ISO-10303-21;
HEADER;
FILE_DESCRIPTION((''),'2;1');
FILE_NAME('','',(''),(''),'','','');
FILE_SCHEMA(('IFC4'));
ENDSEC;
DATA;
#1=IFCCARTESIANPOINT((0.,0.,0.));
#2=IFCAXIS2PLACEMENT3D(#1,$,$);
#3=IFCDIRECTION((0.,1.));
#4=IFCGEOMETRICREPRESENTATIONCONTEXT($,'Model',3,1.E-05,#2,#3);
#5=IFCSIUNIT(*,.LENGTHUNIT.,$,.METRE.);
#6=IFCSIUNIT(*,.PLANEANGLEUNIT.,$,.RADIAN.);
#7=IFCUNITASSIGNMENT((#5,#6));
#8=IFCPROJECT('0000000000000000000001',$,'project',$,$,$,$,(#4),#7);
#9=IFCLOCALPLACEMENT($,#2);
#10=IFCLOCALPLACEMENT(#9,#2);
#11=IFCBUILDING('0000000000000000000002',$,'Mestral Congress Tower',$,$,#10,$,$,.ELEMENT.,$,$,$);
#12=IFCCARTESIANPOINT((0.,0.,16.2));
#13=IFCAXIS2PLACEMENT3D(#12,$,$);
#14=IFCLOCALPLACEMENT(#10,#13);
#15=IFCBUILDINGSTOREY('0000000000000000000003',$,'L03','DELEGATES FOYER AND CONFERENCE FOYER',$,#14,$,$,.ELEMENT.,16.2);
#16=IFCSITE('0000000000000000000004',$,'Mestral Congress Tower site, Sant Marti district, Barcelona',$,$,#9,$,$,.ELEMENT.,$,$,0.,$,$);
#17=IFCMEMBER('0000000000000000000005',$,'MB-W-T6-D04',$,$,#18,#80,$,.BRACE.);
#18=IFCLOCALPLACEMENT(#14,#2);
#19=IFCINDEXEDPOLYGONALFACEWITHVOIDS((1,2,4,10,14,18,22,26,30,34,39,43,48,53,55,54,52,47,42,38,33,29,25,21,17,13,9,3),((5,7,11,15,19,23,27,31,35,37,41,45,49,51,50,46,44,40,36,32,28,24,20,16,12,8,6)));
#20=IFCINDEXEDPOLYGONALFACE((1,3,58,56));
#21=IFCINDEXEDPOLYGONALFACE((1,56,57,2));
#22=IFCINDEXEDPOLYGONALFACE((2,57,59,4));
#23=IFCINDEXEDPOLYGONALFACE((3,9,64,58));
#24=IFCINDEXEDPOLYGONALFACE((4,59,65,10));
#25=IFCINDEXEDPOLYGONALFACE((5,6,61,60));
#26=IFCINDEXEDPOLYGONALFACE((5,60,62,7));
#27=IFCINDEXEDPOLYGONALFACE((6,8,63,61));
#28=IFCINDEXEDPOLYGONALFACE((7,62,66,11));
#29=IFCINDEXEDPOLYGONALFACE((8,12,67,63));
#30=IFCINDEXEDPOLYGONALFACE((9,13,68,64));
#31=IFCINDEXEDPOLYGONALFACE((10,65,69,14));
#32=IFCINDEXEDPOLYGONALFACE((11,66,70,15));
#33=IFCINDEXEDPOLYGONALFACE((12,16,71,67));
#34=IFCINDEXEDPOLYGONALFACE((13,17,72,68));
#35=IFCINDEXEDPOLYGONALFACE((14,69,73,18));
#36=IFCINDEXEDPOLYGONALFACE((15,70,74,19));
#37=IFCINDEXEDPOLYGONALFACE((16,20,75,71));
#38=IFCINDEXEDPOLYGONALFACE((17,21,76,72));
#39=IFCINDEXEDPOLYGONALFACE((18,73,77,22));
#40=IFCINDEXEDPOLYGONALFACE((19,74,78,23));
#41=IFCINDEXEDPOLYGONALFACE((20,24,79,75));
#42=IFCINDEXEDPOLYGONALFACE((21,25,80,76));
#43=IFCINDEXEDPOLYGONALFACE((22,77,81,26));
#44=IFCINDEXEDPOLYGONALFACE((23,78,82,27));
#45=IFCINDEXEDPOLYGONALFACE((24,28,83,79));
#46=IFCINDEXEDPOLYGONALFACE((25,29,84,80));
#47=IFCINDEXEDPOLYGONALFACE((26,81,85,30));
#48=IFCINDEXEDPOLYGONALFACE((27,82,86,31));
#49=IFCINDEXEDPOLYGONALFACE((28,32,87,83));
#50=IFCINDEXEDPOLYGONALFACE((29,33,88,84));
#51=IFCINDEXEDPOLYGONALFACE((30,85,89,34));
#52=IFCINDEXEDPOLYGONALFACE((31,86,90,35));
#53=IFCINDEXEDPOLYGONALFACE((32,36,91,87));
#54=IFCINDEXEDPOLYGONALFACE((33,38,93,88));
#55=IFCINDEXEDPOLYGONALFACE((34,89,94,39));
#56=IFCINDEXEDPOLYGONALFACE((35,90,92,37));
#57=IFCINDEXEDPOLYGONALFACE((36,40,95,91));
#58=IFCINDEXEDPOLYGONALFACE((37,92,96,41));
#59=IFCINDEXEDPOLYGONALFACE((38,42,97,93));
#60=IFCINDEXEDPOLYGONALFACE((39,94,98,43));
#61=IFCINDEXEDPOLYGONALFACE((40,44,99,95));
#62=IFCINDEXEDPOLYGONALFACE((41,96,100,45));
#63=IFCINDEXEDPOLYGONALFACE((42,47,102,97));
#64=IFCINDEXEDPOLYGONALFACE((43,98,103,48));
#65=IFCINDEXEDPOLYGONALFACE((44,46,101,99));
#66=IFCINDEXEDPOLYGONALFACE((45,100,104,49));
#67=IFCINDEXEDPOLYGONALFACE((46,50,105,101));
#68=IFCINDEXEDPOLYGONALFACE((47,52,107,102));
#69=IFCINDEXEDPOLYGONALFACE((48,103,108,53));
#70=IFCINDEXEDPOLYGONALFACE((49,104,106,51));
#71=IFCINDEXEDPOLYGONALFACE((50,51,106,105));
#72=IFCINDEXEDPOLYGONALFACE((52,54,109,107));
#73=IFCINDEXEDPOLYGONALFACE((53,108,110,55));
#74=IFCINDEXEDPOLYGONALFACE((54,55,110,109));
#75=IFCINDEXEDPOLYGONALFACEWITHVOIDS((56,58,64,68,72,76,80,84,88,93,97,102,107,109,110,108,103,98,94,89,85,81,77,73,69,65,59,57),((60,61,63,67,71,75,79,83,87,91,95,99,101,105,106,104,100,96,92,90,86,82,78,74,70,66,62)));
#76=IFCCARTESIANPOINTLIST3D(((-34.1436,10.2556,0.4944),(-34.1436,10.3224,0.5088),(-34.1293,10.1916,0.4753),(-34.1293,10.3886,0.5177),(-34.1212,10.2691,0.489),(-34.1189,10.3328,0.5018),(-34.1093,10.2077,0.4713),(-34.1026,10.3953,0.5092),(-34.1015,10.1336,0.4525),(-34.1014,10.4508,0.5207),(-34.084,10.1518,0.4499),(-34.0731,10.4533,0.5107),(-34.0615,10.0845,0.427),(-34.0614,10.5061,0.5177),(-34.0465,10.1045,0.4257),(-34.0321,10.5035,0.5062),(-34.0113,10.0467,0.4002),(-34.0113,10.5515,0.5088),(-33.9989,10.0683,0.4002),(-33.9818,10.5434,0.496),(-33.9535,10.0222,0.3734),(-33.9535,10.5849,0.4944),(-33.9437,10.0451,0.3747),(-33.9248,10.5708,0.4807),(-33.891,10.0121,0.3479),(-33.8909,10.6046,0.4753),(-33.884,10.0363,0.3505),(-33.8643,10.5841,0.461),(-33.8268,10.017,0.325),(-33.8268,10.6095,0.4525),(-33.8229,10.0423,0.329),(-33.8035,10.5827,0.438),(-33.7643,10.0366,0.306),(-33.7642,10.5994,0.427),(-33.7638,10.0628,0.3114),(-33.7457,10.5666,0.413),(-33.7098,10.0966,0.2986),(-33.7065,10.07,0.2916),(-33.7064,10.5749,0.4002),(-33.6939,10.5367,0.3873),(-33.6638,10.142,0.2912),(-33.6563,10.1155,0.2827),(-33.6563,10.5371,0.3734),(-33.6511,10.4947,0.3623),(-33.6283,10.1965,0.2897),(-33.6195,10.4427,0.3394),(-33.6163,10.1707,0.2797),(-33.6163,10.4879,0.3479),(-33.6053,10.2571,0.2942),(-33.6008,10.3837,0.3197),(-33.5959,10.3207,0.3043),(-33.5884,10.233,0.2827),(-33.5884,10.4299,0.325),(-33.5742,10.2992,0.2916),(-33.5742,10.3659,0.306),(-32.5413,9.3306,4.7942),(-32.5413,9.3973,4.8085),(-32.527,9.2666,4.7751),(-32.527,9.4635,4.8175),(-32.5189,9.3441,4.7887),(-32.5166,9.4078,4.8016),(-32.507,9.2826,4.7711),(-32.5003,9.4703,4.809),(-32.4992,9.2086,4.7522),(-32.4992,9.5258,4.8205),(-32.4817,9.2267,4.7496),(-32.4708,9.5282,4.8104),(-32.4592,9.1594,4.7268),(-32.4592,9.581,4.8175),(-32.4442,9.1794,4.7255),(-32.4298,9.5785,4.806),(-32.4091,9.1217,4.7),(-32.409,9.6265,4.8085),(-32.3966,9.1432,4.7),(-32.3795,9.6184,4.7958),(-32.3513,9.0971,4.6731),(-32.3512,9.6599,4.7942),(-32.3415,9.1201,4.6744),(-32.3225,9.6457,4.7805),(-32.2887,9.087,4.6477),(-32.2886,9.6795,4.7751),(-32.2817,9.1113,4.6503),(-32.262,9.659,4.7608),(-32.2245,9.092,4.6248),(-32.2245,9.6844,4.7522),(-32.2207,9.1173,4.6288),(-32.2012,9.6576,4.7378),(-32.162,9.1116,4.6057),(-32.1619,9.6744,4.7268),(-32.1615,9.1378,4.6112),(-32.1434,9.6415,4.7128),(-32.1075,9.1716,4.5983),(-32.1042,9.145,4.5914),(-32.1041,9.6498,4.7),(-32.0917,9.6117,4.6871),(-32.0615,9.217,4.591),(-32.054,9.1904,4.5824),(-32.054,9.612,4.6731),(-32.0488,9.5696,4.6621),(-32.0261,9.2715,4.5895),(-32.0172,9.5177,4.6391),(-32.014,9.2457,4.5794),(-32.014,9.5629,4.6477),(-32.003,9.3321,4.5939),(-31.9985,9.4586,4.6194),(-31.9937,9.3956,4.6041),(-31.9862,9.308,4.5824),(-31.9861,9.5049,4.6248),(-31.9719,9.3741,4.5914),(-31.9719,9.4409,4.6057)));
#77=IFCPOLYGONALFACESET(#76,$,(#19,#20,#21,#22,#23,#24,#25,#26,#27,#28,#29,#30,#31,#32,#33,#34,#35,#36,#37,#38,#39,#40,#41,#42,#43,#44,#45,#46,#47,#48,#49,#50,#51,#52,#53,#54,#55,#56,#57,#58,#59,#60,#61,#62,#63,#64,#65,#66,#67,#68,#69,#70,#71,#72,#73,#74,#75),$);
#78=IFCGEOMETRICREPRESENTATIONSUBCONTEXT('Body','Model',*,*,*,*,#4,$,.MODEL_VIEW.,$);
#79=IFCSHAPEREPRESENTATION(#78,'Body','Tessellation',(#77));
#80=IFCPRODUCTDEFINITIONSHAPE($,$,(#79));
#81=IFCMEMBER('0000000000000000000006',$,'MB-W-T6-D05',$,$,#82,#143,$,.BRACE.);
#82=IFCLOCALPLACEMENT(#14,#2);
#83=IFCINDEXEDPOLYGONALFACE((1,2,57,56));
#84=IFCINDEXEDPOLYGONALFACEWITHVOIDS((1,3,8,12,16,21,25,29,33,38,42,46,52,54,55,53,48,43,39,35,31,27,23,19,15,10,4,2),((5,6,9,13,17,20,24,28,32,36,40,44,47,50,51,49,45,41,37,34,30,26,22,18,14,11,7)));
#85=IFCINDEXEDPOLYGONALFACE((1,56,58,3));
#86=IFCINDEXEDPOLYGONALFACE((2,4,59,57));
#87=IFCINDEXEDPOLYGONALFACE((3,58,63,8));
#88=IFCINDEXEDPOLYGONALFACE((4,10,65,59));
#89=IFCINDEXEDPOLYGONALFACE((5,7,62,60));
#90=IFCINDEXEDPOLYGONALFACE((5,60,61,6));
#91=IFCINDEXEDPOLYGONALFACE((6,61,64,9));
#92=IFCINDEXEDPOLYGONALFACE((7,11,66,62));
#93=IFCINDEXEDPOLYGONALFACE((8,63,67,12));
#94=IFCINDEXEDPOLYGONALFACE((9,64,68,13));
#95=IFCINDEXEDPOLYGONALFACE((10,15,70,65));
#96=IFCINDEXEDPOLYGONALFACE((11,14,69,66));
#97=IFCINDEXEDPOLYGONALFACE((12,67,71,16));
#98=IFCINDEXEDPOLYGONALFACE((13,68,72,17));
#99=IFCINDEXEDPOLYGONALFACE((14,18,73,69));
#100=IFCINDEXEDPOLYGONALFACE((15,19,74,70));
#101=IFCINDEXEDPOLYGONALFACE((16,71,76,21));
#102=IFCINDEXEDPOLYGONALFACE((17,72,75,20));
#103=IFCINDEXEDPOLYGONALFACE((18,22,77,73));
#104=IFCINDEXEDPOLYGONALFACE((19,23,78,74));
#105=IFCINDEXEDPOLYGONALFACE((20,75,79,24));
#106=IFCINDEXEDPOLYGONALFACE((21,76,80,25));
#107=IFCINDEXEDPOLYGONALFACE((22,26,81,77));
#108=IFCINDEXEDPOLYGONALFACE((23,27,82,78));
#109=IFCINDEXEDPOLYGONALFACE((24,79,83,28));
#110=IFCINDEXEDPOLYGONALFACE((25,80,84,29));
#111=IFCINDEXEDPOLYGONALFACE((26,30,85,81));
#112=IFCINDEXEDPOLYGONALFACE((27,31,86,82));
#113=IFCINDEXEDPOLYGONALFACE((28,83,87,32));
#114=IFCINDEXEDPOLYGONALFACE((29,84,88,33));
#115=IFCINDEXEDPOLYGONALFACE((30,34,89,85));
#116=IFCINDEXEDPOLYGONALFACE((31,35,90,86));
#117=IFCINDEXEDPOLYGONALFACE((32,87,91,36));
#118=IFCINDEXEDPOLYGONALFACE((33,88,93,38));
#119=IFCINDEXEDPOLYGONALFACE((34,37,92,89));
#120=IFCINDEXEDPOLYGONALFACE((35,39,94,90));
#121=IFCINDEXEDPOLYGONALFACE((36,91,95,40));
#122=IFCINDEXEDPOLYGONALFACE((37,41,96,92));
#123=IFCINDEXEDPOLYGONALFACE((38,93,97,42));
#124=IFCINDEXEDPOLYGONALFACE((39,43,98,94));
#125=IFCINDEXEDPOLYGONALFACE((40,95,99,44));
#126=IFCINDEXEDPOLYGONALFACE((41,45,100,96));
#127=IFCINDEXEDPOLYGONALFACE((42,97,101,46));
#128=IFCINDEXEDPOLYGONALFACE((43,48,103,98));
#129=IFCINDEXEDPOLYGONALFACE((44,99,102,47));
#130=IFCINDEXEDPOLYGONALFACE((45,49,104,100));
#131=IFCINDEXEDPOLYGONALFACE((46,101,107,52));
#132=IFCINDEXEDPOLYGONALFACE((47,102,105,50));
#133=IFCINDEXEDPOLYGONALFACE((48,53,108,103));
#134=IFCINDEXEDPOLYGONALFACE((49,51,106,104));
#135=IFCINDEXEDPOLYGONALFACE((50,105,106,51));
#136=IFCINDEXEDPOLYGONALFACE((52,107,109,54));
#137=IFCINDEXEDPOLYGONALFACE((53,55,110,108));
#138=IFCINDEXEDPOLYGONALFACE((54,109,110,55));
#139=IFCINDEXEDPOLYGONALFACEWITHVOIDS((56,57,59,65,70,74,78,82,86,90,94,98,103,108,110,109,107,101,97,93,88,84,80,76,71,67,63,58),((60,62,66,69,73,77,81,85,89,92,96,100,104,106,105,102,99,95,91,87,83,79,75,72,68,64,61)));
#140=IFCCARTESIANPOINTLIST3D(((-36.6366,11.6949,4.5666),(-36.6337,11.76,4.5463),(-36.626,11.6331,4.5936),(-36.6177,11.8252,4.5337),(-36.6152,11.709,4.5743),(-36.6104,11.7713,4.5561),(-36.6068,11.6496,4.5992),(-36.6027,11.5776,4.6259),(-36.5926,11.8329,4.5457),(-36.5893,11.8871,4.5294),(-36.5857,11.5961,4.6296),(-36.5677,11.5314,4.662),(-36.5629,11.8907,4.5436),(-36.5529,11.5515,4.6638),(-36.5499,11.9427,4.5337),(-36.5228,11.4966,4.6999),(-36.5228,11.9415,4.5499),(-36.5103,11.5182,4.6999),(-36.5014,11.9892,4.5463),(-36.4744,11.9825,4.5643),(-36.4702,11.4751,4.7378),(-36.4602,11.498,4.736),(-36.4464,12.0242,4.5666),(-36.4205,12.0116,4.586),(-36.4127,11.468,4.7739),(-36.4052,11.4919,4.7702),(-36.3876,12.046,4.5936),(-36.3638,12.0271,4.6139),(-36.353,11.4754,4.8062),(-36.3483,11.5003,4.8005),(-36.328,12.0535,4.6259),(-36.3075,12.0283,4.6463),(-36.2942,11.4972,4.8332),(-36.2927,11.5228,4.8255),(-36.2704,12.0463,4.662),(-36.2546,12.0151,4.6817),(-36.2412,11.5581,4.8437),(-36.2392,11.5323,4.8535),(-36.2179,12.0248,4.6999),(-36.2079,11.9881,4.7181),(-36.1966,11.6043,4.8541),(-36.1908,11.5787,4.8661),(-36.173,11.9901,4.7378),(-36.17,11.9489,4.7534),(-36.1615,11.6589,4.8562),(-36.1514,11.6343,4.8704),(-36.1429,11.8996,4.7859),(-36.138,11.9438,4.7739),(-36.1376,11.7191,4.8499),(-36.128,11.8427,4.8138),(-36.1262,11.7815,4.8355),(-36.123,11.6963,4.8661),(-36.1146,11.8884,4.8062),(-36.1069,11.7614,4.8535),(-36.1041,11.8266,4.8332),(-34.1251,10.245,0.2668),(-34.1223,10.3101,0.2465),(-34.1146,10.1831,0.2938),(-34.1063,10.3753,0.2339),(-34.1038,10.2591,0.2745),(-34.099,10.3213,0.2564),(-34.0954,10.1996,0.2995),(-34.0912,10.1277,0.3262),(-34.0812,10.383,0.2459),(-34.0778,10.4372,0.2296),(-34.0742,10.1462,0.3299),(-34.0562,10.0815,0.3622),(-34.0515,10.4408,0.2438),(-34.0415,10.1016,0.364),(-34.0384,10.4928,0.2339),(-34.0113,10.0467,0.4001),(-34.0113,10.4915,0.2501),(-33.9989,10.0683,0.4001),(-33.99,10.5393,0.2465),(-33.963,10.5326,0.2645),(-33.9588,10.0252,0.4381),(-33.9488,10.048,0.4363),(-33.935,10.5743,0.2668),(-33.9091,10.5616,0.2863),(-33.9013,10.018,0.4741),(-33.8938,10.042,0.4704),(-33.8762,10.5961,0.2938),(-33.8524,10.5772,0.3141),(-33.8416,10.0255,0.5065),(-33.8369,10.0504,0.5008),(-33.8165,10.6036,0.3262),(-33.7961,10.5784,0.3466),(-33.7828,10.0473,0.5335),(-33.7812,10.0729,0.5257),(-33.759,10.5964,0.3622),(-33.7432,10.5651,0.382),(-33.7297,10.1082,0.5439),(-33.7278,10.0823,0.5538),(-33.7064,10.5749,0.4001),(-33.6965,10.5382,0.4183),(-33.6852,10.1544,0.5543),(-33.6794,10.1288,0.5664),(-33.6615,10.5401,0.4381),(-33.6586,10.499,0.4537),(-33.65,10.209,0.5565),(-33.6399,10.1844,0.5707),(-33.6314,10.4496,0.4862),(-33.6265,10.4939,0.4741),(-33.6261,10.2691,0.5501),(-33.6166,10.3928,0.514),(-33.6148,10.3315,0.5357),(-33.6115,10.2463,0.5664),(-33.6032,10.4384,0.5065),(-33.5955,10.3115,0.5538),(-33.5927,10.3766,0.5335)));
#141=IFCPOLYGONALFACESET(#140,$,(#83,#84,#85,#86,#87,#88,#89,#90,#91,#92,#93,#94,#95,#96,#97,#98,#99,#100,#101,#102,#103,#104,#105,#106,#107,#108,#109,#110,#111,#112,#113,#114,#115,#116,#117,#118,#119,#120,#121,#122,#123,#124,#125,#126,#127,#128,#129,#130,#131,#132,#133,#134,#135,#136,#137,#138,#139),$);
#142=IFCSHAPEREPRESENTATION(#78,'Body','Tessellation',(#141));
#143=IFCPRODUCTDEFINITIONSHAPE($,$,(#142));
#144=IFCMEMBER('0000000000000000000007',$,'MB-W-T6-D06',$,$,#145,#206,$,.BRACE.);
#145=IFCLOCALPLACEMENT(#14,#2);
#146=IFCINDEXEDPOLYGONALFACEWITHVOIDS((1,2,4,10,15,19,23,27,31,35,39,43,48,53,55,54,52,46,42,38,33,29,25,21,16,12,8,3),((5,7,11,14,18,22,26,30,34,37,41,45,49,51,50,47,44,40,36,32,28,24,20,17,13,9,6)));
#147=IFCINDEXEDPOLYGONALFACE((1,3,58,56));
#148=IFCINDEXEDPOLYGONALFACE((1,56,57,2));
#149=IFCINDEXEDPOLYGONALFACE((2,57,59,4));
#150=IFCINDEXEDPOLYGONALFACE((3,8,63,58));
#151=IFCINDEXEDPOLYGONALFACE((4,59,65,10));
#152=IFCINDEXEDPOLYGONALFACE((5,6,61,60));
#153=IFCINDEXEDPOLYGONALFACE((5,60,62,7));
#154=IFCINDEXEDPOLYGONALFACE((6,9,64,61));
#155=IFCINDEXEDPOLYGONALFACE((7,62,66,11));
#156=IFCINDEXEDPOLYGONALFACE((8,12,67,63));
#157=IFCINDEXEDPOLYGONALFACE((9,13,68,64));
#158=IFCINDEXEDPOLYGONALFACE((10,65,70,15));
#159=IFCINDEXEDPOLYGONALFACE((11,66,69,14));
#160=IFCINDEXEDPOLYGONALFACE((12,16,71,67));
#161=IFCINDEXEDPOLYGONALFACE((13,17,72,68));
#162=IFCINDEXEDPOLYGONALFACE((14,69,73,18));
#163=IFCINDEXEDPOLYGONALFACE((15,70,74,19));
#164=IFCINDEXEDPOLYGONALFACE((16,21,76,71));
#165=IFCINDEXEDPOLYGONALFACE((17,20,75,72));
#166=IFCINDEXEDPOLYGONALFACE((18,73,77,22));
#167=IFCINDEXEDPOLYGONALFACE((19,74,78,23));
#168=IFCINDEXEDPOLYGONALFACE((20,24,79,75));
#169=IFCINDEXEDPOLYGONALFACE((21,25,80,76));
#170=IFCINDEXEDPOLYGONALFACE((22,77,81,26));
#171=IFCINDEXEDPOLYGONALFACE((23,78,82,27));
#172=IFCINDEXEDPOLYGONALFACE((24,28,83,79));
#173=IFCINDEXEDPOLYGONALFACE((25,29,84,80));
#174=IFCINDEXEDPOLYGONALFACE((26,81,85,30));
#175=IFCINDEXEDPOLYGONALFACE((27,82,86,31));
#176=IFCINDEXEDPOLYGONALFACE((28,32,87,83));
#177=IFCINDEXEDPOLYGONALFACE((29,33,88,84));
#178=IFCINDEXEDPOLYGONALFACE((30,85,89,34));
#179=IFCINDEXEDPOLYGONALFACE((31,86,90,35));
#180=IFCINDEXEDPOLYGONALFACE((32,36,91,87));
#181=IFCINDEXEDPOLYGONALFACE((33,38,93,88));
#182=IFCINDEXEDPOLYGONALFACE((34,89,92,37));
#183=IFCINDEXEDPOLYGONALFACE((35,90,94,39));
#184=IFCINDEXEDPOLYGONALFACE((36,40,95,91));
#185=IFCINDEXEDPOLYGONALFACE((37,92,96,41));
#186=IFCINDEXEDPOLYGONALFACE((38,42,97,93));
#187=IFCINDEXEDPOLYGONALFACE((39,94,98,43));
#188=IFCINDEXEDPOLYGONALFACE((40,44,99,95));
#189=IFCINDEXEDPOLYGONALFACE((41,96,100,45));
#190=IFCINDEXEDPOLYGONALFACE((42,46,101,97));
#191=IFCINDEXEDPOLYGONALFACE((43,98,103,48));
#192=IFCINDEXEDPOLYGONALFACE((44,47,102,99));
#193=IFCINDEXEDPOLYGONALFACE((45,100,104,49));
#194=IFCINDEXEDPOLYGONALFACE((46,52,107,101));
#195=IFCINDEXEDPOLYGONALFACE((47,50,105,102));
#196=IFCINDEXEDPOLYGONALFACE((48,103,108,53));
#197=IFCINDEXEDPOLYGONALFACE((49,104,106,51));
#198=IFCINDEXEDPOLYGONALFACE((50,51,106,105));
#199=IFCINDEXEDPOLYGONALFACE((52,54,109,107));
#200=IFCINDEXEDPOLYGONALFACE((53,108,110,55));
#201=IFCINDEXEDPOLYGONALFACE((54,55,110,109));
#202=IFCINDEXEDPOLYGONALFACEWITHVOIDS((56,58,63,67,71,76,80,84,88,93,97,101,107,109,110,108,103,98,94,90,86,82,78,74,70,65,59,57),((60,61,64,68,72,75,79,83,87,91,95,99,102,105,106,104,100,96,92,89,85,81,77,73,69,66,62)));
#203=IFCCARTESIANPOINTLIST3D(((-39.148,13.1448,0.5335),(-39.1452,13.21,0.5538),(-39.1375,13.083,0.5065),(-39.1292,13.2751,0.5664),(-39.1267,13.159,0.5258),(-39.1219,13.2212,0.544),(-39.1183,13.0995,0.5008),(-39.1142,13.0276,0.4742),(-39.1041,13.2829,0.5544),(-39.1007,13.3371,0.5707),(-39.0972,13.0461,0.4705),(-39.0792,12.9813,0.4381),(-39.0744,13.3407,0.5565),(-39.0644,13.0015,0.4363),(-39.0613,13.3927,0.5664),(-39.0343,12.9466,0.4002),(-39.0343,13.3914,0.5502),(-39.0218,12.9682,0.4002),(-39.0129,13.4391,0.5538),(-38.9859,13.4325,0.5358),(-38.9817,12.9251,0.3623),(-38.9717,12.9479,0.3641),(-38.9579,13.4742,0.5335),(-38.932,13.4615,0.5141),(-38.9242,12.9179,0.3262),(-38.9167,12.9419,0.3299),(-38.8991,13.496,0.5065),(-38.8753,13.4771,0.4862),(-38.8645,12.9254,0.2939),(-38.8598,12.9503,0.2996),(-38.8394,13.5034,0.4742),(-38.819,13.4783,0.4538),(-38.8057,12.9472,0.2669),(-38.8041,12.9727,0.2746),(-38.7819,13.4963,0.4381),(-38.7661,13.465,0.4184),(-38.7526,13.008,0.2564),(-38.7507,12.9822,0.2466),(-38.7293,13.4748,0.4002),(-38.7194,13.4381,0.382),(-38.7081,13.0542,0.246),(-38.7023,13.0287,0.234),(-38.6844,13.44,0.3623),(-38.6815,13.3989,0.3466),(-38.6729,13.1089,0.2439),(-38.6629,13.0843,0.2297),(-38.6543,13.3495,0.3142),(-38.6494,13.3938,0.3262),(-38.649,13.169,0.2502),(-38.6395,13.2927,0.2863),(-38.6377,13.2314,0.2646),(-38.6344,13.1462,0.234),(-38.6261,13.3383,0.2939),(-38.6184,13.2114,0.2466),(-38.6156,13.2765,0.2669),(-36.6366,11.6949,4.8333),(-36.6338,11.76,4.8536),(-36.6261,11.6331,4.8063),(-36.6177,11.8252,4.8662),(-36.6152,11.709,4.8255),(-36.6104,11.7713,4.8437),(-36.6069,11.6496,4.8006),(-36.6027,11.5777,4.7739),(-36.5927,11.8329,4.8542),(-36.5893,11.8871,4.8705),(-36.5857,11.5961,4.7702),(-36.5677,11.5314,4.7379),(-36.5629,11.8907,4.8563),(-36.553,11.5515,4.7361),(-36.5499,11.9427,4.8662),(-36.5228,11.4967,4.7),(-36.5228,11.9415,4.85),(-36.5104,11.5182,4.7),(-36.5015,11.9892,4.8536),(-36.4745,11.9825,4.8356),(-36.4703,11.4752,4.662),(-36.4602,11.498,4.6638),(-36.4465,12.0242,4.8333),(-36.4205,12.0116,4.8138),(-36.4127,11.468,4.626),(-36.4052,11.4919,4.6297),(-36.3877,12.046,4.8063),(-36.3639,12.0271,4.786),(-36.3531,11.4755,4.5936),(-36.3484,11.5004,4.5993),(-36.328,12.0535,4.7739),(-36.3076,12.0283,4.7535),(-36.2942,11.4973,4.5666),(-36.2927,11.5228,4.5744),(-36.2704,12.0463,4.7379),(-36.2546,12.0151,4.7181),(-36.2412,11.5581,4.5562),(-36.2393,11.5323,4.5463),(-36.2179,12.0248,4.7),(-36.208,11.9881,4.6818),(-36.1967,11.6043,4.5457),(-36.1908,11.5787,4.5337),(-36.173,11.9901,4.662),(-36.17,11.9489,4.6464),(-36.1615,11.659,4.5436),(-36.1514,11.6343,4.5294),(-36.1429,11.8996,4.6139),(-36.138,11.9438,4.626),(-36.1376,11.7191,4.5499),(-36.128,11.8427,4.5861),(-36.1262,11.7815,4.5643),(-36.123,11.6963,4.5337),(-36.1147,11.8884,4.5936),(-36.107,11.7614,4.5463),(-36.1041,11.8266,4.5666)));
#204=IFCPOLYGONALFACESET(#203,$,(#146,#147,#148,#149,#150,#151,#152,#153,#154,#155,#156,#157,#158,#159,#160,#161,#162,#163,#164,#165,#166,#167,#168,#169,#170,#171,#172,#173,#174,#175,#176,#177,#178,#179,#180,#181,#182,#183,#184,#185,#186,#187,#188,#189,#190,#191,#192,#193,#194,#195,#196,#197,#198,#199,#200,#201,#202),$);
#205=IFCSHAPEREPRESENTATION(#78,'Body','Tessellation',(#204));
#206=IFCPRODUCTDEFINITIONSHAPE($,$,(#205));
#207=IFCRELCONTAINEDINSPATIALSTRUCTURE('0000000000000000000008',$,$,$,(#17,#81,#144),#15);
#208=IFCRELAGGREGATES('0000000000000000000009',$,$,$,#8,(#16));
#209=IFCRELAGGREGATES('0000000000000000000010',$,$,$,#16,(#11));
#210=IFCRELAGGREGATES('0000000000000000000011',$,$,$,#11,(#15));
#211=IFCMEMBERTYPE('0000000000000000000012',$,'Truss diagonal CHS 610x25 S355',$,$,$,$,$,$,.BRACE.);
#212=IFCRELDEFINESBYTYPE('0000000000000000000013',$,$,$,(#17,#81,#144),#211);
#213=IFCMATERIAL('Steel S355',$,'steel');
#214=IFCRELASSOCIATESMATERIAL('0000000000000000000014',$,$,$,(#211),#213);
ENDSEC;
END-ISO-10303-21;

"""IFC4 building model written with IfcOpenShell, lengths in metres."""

from ifc_helpers import new_model, si_unit, direction, frame, origin, origin_2d, place, context, subcontext, project, spatial, hollow_circle, extrude, material, material_profile, profile_set, type_object, element, save


model = new_model("IFC4")

# Units and contexts
model_context = context("Model", 3, precision=1e-05, world=origin(), true_north=direction((0.0, 1.0)))
body_context = subcontext(model_context, "Body", "Model", "MODEL_VIEW")
ifc_project = project(units=[si_unit("LENGTHUNIT", "METRE"), si_unit("PLANEANGLEUNIT", "RADIAN")], contexts=[model_context])

# Site, building, storey
site_placement = place(None, origin())
site = spatial("IfcSite", under=ifc_project, at=site_placement, Name="Mestral Congress Tower site, Sant Marti district, Barcelona", CompositionType="ELEMENT", RefElevation=0.0)
building_placement = place(site_placement, origin())
building = spatial("IfcBuilding", under=site, at=building_placement, Name="Mestral Congress Tower", CompositionType="ELEMENT")
storey_placement = place(building_placement, frame((0.0, 0.0, 16.2)))
storey = spatial("IfcBuildingStorey", under=building, at=storey_placement, Name="L03", Description="DELEGATES FOYER AND CONFERENCE FOYER", CompositionType="ELEMENT", Elevation=16.2)

# Members
ifc_material = material(Name="Steel S355", Category="steel")
ifc_material_profile_1 = material_profile(ifc_material, hollow_circle(Radius=0.3049, WallThickness=0.0249, at=origin_2d()), Name="CHS 610x25")
ifc_profile_set_1 = profile_set([ifc_material_profile_1], Name="Steel S355")
member_type_1 = type_object("IfcMemberType", Name="Truss diagonal CHS 610x25 S355", PredefinedType="BRACE", material=ifc_profile_set_1)
member_1_placement = place(storey_placement, frame((-32.2566, 9.3857, 4.7), z_axis=(-0.342301, 0.197619, -0.918573), x_axis=(-0.499985, -0.866034, 0.0)))
element("IfcMember", 1, at=member_1_placement, inside=storey, type_object=member_type_1, Name="MB-W-T6-D04", PredefinedType="BRACE", context=body_context, shape_type="SweptSolid", body=[
    extrude(hollow_circle(Radius=0.3049, WallThickness=0.0249, at=origin_2d()), origin(), (0.0, 0.0, 1.0), 4.6809),
])
for number, where, z_axis, x_axis, name in (
    (2, (-33.8589, 10.3108, 0.4001), (-0.484247, 0.279571, 0.829062), (-0.499987, -0.866033, 0.0), "MB-W-T6-D05"),
    (3, (-36.3704, 11.7607, 4.7), (-0.484247, 0.279571, -0.829062), (-0.499987, -0.866033, 0.0), "MB-W-T6-D06"),
):
    element("IfcMember", number, at=place(storey_placement, frame(where, z_axis=z_axis, x_axis=x_axis)), inside=storey, type_object=member_type_1, Name=name, PredefinedType="BRACE", context=body_context, shape_type="SweptSolid", body=[
        extrude(hollow_circle(Radius=0.3049, WallThickness=0.0249, at=origin_2d()), origin(), (0.0, 0.0, 1.0), 5.1863),
    ])

save(model, "model.ifc")
